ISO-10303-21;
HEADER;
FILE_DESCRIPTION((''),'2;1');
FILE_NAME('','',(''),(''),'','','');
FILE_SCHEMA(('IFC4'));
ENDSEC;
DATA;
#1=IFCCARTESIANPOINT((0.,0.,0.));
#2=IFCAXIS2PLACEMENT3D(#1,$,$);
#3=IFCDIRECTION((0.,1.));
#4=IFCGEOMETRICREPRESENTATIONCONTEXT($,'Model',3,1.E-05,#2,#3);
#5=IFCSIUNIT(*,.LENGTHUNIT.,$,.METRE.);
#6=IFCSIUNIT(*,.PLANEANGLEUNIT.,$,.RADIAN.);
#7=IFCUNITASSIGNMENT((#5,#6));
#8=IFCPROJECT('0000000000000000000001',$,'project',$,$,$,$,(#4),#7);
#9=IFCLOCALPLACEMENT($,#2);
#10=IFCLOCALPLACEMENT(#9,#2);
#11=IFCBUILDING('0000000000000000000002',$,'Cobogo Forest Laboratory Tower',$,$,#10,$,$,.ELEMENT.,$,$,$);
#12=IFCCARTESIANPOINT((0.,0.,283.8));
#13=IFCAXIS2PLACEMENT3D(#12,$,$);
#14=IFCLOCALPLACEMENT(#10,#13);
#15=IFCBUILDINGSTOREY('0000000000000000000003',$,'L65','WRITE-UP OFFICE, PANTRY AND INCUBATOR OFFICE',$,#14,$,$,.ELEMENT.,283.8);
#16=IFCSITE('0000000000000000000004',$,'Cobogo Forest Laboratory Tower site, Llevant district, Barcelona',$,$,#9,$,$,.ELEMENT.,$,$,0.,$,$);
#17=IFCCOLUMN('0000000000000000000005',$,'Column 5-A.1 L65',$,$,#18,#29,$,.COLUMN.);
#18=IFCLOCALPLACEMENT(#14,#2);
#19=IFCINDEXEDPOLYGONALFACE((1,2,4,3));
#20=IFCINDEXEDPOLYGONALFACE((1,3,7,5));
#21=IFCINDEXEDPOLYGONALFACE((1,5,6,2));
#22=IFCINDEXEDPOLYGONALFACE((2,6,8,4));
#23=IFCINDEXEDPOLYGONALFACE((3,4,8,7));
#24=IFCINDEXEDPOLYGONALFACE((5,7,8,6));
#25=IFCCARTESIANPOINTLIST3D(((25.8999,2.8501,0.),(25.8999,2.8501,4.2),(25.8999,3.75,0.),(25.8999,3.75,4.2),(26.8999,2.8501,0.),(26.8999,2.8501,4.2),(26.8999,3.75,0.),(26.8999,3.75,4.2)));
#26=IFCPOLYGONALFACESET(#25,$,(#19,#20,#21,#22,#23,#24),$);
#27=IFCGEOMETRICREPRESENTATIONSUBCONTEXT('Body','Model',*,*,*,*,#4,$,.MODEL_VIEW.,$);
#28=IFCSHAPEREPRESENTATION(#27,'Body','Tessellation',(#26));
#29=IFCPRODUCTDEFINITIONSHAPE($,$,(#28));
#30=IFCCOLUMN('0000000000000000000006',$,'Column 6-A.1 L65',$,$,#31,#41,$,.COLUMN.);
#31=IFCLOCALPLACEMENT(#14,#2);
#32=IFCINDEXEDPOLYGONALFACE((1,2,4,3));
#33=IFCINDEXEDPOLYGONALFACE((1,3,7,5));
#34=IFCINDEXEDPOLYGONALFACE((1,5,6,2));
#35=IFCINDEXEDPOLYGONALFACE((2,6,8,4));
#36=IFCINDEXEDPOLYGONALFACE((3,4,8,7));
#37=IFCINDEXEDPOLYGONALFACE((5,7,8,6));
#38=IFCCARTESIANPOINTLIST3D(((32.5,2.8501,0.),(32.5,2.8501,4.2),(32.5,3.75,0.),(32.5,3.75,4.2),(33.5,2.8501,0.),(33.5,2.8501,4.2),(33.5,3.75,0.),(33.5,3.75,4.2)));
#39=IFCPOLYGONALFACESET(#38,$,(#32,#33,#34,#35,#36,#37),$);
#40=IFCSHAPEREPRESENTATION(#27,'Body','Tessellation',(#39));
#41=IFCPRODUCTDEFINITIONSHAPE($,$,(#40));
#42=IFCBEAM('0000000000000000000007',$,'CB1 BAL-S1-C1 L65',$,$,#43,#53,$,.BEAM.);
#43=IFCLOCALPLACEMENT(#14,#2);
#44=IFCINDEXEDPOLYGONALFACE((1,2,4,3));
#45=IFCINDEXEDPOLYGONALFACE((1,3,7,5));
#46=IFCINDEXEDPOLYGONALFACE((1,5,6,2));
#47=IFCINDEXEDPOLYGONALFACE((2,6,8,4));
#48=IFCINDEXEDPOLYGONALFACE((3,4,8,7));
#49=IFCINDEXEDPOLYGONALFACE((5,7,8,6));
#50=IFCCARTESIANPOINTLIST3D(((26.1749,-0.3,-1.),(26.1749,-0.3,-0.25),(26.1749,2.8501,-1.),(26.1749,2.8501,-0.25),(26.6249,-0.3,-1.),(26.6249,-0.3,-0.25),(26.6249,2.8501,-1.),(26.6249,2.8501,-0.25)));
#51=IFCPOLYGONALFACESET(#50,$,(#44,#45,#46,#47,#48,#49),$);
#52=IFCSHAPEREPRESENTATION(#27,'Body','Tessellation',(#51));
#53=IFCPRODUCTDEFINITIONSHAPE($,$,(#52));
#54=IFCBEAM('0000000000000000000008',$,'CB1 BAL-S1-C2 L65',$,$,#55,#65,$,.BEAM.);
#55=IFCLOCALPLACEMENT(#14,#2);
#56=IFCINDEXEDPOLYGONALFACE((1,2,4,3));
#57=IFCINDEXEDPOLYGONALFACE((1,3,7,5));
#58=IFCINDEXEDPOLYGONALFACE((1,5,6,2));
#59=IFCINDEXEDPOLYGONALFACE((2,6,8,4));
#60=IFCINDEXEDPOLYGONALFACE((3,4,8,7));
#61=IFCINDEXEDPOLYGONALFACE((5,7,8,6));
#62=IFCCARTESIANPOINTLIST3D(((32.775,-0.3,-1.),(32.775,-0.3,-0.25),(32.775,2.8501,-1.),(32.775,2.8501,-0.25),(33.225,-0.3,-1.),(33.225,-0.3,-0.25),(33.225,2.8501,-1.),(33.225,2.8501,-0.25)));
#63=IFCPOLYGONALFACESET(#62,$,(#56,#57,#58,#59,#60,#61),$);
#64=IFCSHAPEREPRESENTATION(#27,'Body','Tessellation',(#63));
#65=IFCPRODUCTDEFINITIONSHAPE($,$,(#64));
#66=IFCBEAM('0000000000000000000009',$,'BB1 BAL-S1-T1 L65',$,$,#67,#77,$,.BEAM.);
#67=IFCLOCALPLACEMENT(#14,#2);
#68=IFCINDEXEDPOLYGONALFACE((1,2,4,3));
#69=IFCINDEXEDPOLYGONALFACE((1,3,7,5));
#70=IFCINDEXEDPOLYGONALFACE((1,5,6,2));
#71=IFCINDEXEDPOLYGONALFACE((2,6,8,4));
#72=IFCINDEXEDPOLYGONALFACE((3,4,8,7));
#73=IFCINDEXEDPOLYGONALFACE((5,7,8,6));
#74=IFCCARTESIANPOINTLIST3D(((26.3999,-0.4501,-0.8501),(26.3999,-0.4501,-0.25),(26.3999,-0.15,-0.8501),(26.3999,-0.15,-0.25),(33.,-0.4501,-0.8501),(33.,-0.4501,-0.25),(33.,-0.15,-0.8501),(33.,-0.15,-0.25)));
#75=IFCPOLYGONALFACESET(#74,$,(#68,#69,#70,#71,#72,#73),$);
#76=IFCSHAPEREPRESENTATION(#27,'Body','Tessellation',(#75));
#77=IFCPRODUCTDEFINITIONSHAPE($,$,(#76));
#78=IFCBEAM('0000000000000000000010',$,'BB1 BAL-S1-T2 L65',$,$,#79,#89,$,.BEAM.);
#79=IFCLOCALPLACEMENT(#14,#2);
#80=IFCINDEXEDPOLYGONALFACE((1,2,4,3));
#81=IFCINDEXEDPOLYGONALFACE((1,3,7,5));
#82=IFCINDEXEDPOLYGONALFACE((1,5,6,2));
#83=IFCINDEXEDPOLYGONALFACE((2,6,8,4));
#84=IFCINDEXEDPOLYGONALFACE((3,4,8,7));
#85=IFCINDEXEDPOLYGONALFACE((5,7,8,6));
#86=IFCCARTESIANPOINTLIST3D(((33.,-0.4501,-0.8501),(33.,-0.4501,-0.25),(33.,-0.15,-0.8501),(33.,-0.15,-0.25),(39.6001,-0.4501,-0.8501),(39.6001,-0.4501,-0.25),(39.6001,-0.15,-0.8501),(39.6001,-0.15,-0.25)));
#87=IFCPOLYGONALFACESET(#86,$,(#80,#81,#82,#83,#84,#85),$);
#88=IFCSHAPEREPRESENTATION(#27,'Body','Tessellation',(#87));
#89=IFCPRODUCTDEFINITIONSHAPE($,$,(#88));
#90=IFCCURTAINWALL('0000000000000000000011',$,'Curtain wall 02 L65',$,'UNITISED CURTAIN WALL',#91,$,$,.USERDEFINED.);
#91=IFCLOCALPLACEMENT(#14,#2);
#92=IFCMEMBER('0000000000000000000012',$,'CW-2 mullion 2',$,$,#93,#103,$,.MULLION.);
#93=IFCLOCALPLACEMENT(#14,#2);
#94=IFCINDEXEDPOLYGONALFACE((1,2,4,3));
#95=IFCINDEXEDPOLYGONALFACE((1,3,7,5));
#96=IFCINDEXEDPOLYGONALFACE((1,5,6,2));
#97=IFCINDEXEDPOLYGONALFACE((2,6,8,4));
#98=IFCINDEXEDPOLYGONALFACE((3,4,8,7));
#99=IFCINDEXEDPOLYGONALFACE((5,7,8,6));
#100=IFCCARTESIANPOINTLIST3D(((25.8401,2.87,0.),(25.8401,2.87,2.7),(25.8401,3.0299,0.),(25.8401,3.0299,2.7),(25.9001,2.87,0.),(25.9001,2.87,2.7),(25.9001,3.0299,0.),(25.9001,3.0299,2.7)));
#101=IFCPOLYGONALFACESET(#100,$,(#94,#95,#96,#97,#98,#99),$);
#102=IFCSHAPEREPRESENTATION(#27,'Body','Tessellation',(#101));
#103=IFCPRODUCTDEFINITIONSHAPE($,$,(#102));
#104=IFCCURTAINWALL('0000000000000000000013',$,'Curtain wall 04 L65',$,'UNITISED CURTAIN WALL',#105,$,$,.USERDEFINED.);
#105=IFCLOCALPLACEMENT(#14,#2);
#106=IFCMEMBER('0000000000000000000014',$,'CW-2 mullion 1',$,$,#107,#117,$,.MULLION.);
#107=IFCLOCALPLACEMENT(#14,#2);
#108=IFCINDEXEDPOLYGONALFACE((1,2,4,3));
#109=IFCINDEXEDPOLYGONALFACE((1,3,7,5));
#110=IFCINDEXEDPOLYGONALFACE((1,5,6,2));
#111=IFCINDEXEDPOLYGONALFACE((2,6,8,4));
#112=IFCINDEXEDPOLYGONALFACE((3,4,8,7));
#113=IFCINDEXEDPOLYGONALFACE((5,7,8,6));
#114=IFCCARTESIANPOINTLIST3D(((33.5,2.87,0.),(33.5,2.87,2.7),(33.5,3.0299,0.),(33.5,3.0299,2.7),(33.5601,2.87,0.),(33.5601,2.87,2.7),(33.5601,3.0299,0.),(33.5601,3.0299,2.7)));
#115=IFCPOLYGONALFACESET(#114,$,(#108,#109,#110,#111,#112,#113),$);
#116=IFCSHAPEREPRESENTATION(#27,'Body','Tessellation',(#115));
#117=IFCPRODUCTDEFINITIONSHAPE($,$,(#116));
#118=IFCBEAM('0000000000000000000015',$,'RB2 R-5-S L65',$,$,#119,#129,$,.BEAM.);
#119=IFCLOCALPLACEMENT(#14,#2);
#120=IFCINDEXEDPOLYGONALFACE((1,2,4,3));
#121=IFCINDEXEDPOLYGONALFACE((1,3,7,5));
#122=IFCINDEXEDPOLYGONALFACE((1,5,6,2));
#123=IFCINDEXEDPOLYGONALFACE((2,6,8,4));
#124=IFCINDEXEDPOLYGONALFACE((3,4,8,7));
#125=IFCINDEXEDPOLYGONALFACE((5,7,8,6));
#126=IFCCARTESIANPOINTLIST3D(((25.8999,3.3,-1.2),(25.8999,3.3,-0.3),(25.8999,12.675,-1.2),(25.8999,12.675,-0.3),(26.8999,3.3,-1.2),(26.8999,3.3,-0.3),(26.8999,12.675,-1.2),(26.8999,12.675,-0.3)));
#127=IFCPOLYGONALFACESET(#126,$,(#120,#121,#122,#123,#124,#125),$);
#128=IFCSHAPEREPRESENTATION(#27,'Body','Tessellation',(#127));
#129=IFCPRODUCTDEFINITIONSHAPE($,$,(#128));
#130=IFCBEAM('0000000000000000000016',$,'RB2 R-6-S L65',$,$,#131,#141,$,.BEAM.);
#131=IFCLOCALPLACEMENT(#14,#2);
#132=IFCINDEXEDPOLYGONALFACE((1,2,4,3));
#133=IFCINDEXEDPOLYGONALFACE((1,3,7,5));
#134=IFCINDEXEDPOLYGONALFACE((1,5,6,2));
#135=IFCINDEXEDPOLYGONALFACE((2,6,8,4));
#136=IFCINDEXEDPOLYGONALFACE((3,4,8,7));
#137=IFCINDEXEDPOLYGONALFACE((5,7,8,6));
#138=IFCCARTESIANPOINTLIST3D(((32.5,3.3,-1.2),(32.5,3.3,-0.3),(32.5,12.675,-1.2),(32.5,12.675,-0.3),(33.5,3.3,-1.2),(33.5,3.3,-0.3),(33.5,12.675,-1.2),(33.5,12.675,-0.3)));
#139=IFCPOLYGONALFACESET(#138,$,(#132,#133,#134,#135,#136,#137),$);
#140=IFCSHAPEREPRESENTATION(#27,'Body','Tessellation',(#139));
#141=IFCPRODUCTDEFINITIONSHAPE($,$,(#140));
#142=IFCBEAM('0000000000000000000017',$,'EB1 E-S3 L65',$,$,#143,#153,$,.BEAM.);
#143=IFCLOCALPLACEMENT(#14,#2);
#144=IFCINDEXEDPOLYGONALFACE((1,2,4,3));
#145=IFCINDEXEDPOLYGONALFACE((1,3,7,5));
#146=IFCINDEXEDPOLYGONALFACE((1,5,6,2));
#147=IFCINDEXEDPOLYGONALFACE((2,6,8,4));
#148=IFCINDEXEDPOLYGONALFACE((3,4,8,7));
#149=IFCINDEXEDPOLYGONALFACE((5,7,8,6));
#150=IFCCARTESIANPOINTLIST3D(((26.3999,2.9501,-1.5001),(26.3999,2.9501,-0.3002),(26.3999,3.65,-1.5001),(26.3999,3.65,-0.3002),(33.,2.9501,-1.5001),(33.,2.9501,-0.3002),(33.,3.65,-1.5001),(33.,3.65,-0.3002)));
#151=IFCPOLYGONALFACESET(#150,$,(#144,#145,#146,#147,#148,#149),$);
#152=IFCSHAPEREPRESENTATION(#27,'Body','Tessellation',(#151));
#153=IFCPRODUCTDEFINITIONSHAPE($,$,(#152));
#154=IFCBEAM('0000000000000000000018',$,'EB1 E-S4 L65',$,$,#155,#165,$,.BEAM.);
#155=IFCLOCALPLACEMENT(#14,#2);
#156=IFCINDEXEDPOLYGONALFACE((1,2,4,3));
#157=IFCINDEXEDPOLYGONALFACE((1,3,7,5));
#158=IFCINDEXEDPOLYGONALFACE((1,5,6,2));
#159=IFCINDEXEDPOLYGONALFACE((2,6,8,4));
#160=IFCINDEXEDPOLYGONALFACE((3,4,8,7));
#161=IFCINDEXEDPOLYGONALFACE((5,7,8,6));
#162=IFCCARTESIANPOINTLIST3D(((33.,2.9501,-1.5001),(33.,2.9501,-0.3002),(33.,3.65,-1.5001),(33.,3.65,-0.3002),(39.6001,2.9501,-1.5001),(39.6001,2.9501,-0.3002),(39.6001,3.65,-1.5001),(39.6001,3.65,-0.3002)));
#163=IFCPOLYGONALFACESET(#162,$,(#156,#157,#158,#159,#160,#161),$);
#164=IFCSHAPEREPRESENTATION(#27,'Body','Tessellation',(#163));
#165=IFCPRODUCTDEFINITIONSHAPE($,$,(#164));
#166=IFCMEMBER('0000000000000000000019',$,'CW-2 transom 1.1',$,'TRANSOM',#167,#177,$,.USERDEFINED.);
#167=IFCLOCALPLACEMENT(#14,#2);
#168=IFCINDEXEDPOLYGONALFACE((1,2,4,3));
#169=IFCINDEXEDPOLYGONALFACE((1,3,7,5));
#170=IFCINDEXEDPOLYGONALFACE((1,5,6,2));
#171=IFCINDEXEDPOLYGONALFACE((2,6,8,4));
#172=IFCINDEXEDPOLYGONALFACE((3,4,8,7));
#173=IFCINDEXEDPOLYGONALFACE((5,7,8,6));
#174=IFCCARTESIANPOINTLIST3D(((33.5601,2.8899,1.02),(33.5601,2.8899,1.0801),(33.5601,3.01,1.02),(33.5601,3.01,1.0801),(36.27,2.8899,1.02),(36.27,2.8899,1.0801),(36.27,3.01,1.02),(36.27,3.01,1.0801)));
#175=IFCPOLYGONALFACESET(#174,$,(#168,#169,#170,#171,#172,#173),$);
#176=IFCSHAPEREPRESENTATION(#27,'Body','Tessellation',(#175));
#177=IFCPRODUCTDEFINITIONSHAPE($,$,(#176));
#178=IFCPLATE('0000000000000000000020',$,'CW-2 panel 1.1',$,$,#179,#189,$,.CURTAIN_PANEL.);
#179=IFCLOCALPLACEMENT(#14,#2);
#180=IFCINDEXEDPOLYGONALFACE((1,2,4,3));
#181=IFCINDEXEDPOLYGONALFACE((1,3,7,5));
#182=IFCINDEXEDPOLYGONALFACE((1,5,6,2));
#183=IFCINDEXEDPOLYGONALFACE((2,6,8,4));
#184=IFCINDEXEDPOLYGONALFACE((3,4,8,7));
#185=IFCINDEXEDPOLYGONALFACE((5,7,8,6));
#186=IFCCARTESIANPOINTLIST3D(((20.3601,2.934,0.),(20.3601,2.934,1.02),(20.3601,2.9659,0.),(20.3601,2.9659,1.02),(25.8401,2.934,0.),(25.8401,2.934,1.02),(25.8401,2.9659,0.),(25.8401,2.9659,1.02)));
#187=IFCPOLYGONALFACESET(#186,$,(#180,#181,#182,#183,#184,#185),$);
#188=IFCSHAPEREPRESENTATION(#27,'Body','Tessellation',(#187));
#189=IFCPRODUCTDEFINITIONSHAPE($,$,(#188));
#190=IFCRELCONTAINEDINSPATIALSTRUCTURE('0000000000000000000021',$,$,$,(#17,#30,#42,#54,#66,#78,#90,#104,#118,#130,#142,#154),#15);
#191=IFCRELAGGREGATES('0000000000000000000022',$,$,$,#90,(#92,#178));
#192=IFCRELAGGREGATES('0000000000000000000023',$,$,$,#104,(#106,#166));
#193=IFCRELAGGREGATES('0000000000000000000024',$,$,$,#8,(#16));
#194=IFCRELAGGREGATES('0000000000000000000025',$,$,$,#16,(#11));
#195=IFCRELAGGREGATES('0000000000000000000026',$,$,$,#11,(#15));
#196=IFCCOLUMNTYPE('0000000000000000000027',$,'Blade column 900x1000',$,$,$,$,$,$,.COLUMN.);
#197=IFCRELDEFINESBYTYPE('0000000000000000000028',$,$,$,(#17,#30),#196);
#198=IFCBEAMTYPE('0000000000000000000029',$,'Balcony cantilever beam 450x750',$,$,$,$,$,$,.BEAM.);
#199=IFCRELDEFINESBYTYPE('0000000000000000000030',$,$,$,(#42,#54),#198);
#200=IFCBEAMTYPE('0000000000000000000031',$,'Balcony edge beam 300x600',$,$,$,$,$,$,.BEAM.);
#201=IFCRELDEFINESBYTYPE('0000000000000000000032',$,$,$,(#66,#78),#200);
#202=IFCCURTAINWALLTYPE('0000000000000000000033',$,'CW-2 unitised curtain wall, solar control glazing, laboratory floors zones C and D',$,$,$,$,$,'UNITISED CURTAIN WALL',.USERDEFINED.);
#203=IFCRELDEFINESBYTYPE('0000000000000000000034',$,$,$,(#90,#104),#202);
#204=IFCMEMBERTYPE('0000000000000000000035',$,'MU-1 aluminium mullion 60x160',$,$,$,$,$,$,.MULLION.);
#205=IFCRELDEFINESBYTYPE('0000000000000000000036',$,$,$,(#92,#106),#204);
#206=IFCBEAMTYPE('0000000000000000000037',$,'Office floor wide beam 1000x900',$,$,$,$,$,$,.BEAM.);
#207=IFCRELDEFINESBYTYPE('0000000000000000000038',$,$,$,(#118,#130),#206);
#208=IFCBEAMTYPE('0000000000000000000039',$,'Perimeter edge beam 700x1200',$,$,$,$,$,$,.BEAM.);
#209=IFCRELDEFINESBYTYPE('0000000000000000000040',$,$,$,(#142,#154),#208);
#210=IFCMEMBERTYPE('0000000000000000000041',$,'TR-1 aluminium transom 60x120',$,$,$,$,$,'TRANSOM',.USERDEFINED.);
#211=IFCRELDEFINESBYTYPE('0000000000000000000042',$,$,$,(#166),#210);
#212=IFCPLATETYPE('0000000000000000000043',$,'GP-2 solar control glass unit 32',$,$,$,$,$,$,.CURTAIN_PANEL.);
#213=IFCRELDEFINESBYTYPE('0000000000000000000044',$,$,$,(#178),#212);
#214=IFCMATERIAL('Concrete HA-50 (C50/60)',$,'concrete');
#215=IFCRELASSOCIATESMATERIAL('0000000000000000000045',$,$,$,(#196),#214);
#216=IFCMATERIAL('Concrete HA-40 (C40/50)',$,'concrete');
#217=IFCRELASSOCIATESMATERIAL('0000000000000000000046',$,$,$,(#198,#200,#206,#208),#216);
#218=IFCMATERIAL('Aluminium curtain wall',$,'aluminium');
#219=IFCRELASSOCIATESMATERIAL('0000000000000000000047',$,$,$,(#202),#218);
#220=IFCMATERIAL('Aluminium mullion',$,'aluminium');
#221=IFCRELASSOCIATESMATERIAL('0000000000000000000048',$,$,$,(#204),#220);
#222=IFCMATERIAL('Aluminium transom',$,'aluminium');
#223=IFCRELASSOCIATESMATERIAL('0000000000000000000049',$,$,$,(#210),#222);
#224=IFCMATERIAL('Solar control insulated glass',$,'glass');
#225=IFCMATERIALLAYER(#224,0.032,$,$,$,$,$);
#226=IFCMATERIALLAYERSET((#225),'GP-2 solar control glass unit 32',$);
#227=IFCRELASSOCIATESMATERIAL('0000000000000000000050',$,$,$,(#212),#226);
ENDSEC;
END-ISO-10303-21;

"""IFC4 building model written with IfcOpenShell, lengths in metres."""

from ifc_helpers import new_model, si_unit, direction, frame, origin, origin_2d, place, context, subcontext, project, spatial, rectangle, extrude, material, layer, layer_set, material_profile, profile_set, type_object, element, aggregate, save


model = new_model("IFC4")

# Units and contexts
model_context = context("Model", 3, precision=1e-05, world=origin(), true_north=direction((0.0, 1.0)))
body_context = subcontext(model_context, "Body", "Model", "MODEL_VIEW")
ifc_project = project(units=[si_unit("LENGTHUNIT", "METRE"), si_unit("PLANEANGLEUNIT", "RADIAN")], contexts=[model_context])

# Site, building, storey
site_placement = place(None, origin())
site = spatial("IfcSite", under=ifc_project, at=site_placement, Name="Cobogo Forest Laboratory Tower site, Llevant district, Barcelona", CompositionType="ELEMENT", RefElevation=0.0)
building_placement = place(site_placement, origin())
building = spatial("IfcBuilding", under=site, at=building_placement, Name="Cobogo Forest Laboratory Tower", CompositionType="ELEMENT")
storey_placement = place(building_placement, frame((0.0, 0.0, 283.8)))
storey = spatial("IfcBuildingStorey", under=building, at=storey_placement, Name="L65", Description="WRITE-UP OFFICE, PANTRY AND INCUBATOR OFFICE", CompositionType="ELEMENT", Elevation=283.8)

# Columns
ifc_material_1 = material(Name="Concrete HA-50 (C50/60)", Category="concrete")
ifc_material_profile_1 = material_profile(ifc_material_1, rectangle(XDim=1.0, YDim=0.8999, at=origin_2d()), Name="RC 900x1000")
ifc_profile_set_1 = profile_set([ifc_material_profile_1], Name="Concrete HA-50 (C50/60)")
column_type = type_object("IfcColumnType", Name="Blade column 900x1000", PredefinedType="COLUMN", material=ifc_profile_set_1)
for number, where, z_axis, x_axis, name in (
    (1, (26.3999, 3.3, 0.0), (0.0, 0.0, 1.0), (1.0, 0.0, 0.0), "Column 5-A.1 L65"),
    (2, (33.0, 3.3, 0.0), (0.0, 0.0, 1.0), (1.0, 0.0, 0.0), "Column 6-A.1 L65"),
):
    element("IfcColumn", number, at=place(storey_placement, frame(where, z_axis=z_axis, x_axis=x_axis)), inside=storey, type_object=column_type, Name=name, PredefinedType="COLUMN", context=body_context, shape_type="SweptSolid", body=[
        extrude(rectangle(XDim=1.0, YDim=0.8999, at=origin_2d()), origin(), (0.0, 0.0, 1.0), 4.2),
    ])

# Beams
ifc_material_2 = material(Name="Concrete HA-40 (C40/50)", Category="concrete")
ifc_material_profile_2 = material_profile(ifc_material_2, rectangle(XDim=0.45, YDim=0.75, at=origin_2d()), Name="RC 450x750")
ifc_profile_set_2 = profile_set([ifc_material_profile_2], Name="Concrete HA-40 (C40/50)")
beam_type_1 = type_object("IfcBeamType", Name="Balcony cantilever beam 450x750", PredefinedType="BEAM", material=ifc_profile_set_2)
for number, where, z_axis, x_axis, name in (
    (3, (26.3999, 2.8501, -0.625), (0.0, -1.0, 0.0), (1.0, 0.0, 0.0), "CB1 BAL-S1-C1 L65"),
    (4, (33.0, 2.8501, -0.625), (0.0, -1.0, 0.0), (1.0, 0.0, 0.0), "CB1 BAL-S1-C2 L65"),
):
    element("IfcBeam", number, at=place(storey_placement, frame(where, z_axis=z_axis, x_axis=x_axis)), inside=storey, type_object=beam_type_1, Name=name, PredefinedType="BEAM", context=body_context, shape_type="SweptSolid", body=[
        extrude(rectangle(XDim=0.45, YDim=0.75, at=origin_2d()), origin(), (0.0, 0.0, 1.0), 3.1501),
    ])
ifc_material_profile_3 = material_profile(ifc_material_2, rectangle(XDim=0.3, YDim=0.6001, at=origin_2d()), Name="RC 300x600")
ifc_profile_set_3 = profile_set([ifc_material_profile_3], Name="Concrete HA-40 (C40/50)")
beam_type_2 = type_object("IfcBeamType", Name="Balcony edge beam 300x600", PredefinedType="BEAM", material=ifc_profile_set_3)
for number, where, z_axis, x_axis, name in (
    (5, (26.3999, -0.3, -0.55), (1.0, 0.0, 0.0), (0.0, 1.0, 0.0), "BB1 BAL-S1-T1 L65"),
    (6, (33.0, -0.3, -0.55), (1.0, 0.0, 0.0), (0.0, 1.0, 0.0), "BB1 BAL-S1-T2 L65"),
):
    element("IfcBeam", number, at=place(storey_placement, frame(where, z_axis=z_axis, x_axis=x_axis)), inside=storey, type_object=beam_type_2, Name=name, PredefinedType="BEAM", context=body_context, shape_type="SweptSolid", body=[
        extrude(rectangle(XDim=0.3, YDim=0.6001, at=origin_2d()), origin(), (0.0, 0.0, 1.0), 6.6001),
    ])

# Curtain walls, members
ifc_material_3 = material(Name="Aluminium curtain wall", Category="aluminium")
curtain_wall_type = type_object("IfcCurtainWallType", Name="CW-2 unitised curtain wall, solar control glazing, laboratory floors zones C and D", ElementType="UNITISED CURTAIN WALL", PredefinedType="USERDEFINED", material=ifc_material_3)
curtain_wall_1_placement = place(storey_placement, origin())
curtain_wall_1 = element("IfcCurtainWall", 7, at=curtain_wall_1_placement, inside=storey, type_object=curtain_wall_type, Name="Curtain wall 02 L65", ObjectType="UNITISED CURTAIN WALL", PredefinedType="USERDEFINED")
ifc_material_4 = material(Name="Aluminium mullion", Category="aluminium")
ifc_material_profile_4 = material_profile(ifc_material_4, rectangle(XDim=0.0601, YDim=0.1599, at=origin_2d()), Name="AL 60x160")
ifc_profile_set_4 = profile_set([ifc_material_profile_4], Name="Aluminium mullion")
member_type_1 = type_object("IfcMemberType", Name="MU-1 aluminium mullion 60x160", PredefinedType="MULLION", material=ifc_profile_set_4)
member_1_placement = place(storey_placement, frame((25.8701, 2.95, 0.0), z_axis=(0.0, 0.0, 1.0), x_axis=(1.0, 0.0, 0.0)))
member_1 = element("IfcMember", 8, at=member_1_placement, type_object=member_type_1, Name="CW-2 mullion 2", PredefinedType="MULLION", context=body_context, shape_type="SweptSolid", body=[
    extrude(rectangle(XDim=0.0601, YDim=0.1599, at=origin_2d()), origin(), (0.0, 0.0, 1.0), 2.7),
])
curtain_wall_2_placement = place(storey_placement, origin())
curtain_wall_2 = element("IfcCurtainWall", 9, at=curtain_wall_2_placement, inside=storey, type_object=curtain_wall_type, Name="Curtain wall 04 L65", ObjectType="UNITISED CURTAIN WALL", PredefinedType="USERDEFINED")
member_2_placement = place(storey_placement, frame((33.53, 2.95, 0.0), z_axis=(0.0, 0.0, 1.0), x_axis=(1.0, 0.0, 0.0)))
member_2 = element("IfcMember", 10, at=member_2_placement, type_object=member_type_1, Name="CW-2 mullion 1", PredefinedType="MULLION", context=body_context, shape_type="SweptSolid", body=[
    extrude(rectangle(XDim=0.0601, YDim=0.1599, at=origin_2d()), origin(), (0.0, 0.0, 1.0), 2.7),
])

# Beams
ifc_material_profile_5 = material_profile(ifc_material_2, rectangle(XDim=1.0, YDim=0.8999, at=origin_2d()), Name="RC 1000x900")
ifc_profile_set_5 = profile_set([ifc_material_profile_5], Name="Concrete HA-40 (C40/50)")
beam_type_3 = type_object("IfcBeamType", Name="Office floor wide beam 1000x900", PredefinedType="BEAM", material=ifc_profile_set_5)
for number, where, z_axis, x_axis, name in (
    (11, (26.3999, 12.675, -0.75), (0.0, -1.0, 0.0), (1.0, 0.0, 0.0), "RB2 R-5-S L65"),
    (12, (33.0, 12.675, -0.75), (0.0, -1.0, 0.0), (1.0, 0.0, 0.0), "RB2 R-6-S L65"),
):
    element("IfcBeam", number, at=place(storey_placement, frame(where, z_axis=z_axis, x_axis=x_axis)), inside=storey, type_object=beam_type_3, Name=name, PredefinedType="BEAM", context=body_context, shape_type="SweptSolid", body=[
        extrude(rectangle(XDim=1.0, YDim=0.8999, at=origin_2d()), origin(), (0.0, 0.0, 1.0), 9.375),
    ])
ifc_material_profile_6 = material_profile(ifc_material_2, rectangle(XDim=0.7, YDim=1.2, at=origin_2d()), Name="RC 700x1200")
ifc_profile_set_6 = profile_set([ifc_material_profile_6], Name="Concrete HA-40 (C40/50)")
beam_type_4 = type_object("IfcBeamType", Name="Perimeter edge beam 700x1200", PredefinedType="BEAM", material=ifc_profile_set_6)
for number, where, z_axis, x_axis, name in (
    (13, (26.3999, 3.3, -0.9001), (1.0, 0.0, 0.0), (0.0, 1.0, 0.0), "EB1 E-S3 L65"),
    (14, (33.0, 3.3, -0.9001), (1.0, 0.0, 0.0), (0.0, 1.0, 0.0), "EB1 E-S4 L65"),
):
    element("IfcBeam", number, at=place(storey_placement, frame(where, z_axis=z_axis, x_axis=x_axis)), inside=storey, type_object=beam_type_4, Name=name, PredefinedType="BEAM", context=body_context, shape_type="SweptSolid", body=[
        extrude(rectangle(XDim=0.7, YDim=1.2, at=origin_2d()), origin(), (0.0, 0.0, 1.0), 6.6001),
    ])

# Member
ifc_material_5 = material(Name="Aluminium transom", Category="aluminium")
ifc_material_profile_7 = material_profile(ifc_material_5, rectangle(XDim=0.1201, YDim=0.0601, at=origin_2d()), Name="AL 60x120")
ifc_profile_set_7 = profile_set([ifc_material_profile_7], Name="Aluminium transom")
member_type_2 = type_object("IfcMemberType", Name="TR-1 aluminium transom 60x120", ElementType="TRANSOM", PredefinedType="USERDEFINED", material=ifc_profile_set_7)
member_3_placement = place(storey_placement, frame((33.5601, 2.95, 1.05), z_axis=(1.0, 0.0, 0.0), x_axis=(0.0, 1.0, 0.0)))
member_3 = element("IfcMember", 15, at=member_3_placement, type_object=member_type_2, Name="CW-2 transom 1.1", ObjectType="TRANSOM", PredefinedType="USERDEFINED", context=body_context, shape_type="SweptSolid", body=[
    extrude(rectangle(XDim=0.1201, YDim=0.0601, at=origin_2d()), origin(), (0.0, 0.0, 1.0), 2.71),
])

# Plate
ifc_material_6 = material(Name="Solar control insulated glass", Category="glass")
ifc_layer_1 = layer(ifc_material_6, 0.032)
ifc_layer_set_1 = layer_set([ifc_layer_1], Name="GP-2 solar control glass unit 32")
plate_type = type_object("IfcPlateType", Name="GP-2 solar control glass unit 32", PredefinedType="CURTAIN_PANEL", material=ifc_layer_set_1)
plate_1_placement = place(storey_placement, frame((23.1001, 2.95, 0.0), z_axis=(0.0, 0.0, 1.0), x_axis=(1.0, 0.0, 0.0)))
plate_1 = element("IfcPlate", 16, at=plate_1_placement, type_object=plate_type, Name="CW-2 panel 1.1", PredefinedType="CURTAIN_PANEL", context=body_context, shape_type="SweptSolid", body=[
    extrude(rectangle(XDim=5.48, YDim=0.032, at=origin_2d()), origin(), (0.0, 0.0, 1.0), 1.02),
])
aggregate(curtain_wall_1, [member_1, plate_1])
aggregate(curtain_wall_2, [member_2, member_3])

save(model, "model.ifc")
